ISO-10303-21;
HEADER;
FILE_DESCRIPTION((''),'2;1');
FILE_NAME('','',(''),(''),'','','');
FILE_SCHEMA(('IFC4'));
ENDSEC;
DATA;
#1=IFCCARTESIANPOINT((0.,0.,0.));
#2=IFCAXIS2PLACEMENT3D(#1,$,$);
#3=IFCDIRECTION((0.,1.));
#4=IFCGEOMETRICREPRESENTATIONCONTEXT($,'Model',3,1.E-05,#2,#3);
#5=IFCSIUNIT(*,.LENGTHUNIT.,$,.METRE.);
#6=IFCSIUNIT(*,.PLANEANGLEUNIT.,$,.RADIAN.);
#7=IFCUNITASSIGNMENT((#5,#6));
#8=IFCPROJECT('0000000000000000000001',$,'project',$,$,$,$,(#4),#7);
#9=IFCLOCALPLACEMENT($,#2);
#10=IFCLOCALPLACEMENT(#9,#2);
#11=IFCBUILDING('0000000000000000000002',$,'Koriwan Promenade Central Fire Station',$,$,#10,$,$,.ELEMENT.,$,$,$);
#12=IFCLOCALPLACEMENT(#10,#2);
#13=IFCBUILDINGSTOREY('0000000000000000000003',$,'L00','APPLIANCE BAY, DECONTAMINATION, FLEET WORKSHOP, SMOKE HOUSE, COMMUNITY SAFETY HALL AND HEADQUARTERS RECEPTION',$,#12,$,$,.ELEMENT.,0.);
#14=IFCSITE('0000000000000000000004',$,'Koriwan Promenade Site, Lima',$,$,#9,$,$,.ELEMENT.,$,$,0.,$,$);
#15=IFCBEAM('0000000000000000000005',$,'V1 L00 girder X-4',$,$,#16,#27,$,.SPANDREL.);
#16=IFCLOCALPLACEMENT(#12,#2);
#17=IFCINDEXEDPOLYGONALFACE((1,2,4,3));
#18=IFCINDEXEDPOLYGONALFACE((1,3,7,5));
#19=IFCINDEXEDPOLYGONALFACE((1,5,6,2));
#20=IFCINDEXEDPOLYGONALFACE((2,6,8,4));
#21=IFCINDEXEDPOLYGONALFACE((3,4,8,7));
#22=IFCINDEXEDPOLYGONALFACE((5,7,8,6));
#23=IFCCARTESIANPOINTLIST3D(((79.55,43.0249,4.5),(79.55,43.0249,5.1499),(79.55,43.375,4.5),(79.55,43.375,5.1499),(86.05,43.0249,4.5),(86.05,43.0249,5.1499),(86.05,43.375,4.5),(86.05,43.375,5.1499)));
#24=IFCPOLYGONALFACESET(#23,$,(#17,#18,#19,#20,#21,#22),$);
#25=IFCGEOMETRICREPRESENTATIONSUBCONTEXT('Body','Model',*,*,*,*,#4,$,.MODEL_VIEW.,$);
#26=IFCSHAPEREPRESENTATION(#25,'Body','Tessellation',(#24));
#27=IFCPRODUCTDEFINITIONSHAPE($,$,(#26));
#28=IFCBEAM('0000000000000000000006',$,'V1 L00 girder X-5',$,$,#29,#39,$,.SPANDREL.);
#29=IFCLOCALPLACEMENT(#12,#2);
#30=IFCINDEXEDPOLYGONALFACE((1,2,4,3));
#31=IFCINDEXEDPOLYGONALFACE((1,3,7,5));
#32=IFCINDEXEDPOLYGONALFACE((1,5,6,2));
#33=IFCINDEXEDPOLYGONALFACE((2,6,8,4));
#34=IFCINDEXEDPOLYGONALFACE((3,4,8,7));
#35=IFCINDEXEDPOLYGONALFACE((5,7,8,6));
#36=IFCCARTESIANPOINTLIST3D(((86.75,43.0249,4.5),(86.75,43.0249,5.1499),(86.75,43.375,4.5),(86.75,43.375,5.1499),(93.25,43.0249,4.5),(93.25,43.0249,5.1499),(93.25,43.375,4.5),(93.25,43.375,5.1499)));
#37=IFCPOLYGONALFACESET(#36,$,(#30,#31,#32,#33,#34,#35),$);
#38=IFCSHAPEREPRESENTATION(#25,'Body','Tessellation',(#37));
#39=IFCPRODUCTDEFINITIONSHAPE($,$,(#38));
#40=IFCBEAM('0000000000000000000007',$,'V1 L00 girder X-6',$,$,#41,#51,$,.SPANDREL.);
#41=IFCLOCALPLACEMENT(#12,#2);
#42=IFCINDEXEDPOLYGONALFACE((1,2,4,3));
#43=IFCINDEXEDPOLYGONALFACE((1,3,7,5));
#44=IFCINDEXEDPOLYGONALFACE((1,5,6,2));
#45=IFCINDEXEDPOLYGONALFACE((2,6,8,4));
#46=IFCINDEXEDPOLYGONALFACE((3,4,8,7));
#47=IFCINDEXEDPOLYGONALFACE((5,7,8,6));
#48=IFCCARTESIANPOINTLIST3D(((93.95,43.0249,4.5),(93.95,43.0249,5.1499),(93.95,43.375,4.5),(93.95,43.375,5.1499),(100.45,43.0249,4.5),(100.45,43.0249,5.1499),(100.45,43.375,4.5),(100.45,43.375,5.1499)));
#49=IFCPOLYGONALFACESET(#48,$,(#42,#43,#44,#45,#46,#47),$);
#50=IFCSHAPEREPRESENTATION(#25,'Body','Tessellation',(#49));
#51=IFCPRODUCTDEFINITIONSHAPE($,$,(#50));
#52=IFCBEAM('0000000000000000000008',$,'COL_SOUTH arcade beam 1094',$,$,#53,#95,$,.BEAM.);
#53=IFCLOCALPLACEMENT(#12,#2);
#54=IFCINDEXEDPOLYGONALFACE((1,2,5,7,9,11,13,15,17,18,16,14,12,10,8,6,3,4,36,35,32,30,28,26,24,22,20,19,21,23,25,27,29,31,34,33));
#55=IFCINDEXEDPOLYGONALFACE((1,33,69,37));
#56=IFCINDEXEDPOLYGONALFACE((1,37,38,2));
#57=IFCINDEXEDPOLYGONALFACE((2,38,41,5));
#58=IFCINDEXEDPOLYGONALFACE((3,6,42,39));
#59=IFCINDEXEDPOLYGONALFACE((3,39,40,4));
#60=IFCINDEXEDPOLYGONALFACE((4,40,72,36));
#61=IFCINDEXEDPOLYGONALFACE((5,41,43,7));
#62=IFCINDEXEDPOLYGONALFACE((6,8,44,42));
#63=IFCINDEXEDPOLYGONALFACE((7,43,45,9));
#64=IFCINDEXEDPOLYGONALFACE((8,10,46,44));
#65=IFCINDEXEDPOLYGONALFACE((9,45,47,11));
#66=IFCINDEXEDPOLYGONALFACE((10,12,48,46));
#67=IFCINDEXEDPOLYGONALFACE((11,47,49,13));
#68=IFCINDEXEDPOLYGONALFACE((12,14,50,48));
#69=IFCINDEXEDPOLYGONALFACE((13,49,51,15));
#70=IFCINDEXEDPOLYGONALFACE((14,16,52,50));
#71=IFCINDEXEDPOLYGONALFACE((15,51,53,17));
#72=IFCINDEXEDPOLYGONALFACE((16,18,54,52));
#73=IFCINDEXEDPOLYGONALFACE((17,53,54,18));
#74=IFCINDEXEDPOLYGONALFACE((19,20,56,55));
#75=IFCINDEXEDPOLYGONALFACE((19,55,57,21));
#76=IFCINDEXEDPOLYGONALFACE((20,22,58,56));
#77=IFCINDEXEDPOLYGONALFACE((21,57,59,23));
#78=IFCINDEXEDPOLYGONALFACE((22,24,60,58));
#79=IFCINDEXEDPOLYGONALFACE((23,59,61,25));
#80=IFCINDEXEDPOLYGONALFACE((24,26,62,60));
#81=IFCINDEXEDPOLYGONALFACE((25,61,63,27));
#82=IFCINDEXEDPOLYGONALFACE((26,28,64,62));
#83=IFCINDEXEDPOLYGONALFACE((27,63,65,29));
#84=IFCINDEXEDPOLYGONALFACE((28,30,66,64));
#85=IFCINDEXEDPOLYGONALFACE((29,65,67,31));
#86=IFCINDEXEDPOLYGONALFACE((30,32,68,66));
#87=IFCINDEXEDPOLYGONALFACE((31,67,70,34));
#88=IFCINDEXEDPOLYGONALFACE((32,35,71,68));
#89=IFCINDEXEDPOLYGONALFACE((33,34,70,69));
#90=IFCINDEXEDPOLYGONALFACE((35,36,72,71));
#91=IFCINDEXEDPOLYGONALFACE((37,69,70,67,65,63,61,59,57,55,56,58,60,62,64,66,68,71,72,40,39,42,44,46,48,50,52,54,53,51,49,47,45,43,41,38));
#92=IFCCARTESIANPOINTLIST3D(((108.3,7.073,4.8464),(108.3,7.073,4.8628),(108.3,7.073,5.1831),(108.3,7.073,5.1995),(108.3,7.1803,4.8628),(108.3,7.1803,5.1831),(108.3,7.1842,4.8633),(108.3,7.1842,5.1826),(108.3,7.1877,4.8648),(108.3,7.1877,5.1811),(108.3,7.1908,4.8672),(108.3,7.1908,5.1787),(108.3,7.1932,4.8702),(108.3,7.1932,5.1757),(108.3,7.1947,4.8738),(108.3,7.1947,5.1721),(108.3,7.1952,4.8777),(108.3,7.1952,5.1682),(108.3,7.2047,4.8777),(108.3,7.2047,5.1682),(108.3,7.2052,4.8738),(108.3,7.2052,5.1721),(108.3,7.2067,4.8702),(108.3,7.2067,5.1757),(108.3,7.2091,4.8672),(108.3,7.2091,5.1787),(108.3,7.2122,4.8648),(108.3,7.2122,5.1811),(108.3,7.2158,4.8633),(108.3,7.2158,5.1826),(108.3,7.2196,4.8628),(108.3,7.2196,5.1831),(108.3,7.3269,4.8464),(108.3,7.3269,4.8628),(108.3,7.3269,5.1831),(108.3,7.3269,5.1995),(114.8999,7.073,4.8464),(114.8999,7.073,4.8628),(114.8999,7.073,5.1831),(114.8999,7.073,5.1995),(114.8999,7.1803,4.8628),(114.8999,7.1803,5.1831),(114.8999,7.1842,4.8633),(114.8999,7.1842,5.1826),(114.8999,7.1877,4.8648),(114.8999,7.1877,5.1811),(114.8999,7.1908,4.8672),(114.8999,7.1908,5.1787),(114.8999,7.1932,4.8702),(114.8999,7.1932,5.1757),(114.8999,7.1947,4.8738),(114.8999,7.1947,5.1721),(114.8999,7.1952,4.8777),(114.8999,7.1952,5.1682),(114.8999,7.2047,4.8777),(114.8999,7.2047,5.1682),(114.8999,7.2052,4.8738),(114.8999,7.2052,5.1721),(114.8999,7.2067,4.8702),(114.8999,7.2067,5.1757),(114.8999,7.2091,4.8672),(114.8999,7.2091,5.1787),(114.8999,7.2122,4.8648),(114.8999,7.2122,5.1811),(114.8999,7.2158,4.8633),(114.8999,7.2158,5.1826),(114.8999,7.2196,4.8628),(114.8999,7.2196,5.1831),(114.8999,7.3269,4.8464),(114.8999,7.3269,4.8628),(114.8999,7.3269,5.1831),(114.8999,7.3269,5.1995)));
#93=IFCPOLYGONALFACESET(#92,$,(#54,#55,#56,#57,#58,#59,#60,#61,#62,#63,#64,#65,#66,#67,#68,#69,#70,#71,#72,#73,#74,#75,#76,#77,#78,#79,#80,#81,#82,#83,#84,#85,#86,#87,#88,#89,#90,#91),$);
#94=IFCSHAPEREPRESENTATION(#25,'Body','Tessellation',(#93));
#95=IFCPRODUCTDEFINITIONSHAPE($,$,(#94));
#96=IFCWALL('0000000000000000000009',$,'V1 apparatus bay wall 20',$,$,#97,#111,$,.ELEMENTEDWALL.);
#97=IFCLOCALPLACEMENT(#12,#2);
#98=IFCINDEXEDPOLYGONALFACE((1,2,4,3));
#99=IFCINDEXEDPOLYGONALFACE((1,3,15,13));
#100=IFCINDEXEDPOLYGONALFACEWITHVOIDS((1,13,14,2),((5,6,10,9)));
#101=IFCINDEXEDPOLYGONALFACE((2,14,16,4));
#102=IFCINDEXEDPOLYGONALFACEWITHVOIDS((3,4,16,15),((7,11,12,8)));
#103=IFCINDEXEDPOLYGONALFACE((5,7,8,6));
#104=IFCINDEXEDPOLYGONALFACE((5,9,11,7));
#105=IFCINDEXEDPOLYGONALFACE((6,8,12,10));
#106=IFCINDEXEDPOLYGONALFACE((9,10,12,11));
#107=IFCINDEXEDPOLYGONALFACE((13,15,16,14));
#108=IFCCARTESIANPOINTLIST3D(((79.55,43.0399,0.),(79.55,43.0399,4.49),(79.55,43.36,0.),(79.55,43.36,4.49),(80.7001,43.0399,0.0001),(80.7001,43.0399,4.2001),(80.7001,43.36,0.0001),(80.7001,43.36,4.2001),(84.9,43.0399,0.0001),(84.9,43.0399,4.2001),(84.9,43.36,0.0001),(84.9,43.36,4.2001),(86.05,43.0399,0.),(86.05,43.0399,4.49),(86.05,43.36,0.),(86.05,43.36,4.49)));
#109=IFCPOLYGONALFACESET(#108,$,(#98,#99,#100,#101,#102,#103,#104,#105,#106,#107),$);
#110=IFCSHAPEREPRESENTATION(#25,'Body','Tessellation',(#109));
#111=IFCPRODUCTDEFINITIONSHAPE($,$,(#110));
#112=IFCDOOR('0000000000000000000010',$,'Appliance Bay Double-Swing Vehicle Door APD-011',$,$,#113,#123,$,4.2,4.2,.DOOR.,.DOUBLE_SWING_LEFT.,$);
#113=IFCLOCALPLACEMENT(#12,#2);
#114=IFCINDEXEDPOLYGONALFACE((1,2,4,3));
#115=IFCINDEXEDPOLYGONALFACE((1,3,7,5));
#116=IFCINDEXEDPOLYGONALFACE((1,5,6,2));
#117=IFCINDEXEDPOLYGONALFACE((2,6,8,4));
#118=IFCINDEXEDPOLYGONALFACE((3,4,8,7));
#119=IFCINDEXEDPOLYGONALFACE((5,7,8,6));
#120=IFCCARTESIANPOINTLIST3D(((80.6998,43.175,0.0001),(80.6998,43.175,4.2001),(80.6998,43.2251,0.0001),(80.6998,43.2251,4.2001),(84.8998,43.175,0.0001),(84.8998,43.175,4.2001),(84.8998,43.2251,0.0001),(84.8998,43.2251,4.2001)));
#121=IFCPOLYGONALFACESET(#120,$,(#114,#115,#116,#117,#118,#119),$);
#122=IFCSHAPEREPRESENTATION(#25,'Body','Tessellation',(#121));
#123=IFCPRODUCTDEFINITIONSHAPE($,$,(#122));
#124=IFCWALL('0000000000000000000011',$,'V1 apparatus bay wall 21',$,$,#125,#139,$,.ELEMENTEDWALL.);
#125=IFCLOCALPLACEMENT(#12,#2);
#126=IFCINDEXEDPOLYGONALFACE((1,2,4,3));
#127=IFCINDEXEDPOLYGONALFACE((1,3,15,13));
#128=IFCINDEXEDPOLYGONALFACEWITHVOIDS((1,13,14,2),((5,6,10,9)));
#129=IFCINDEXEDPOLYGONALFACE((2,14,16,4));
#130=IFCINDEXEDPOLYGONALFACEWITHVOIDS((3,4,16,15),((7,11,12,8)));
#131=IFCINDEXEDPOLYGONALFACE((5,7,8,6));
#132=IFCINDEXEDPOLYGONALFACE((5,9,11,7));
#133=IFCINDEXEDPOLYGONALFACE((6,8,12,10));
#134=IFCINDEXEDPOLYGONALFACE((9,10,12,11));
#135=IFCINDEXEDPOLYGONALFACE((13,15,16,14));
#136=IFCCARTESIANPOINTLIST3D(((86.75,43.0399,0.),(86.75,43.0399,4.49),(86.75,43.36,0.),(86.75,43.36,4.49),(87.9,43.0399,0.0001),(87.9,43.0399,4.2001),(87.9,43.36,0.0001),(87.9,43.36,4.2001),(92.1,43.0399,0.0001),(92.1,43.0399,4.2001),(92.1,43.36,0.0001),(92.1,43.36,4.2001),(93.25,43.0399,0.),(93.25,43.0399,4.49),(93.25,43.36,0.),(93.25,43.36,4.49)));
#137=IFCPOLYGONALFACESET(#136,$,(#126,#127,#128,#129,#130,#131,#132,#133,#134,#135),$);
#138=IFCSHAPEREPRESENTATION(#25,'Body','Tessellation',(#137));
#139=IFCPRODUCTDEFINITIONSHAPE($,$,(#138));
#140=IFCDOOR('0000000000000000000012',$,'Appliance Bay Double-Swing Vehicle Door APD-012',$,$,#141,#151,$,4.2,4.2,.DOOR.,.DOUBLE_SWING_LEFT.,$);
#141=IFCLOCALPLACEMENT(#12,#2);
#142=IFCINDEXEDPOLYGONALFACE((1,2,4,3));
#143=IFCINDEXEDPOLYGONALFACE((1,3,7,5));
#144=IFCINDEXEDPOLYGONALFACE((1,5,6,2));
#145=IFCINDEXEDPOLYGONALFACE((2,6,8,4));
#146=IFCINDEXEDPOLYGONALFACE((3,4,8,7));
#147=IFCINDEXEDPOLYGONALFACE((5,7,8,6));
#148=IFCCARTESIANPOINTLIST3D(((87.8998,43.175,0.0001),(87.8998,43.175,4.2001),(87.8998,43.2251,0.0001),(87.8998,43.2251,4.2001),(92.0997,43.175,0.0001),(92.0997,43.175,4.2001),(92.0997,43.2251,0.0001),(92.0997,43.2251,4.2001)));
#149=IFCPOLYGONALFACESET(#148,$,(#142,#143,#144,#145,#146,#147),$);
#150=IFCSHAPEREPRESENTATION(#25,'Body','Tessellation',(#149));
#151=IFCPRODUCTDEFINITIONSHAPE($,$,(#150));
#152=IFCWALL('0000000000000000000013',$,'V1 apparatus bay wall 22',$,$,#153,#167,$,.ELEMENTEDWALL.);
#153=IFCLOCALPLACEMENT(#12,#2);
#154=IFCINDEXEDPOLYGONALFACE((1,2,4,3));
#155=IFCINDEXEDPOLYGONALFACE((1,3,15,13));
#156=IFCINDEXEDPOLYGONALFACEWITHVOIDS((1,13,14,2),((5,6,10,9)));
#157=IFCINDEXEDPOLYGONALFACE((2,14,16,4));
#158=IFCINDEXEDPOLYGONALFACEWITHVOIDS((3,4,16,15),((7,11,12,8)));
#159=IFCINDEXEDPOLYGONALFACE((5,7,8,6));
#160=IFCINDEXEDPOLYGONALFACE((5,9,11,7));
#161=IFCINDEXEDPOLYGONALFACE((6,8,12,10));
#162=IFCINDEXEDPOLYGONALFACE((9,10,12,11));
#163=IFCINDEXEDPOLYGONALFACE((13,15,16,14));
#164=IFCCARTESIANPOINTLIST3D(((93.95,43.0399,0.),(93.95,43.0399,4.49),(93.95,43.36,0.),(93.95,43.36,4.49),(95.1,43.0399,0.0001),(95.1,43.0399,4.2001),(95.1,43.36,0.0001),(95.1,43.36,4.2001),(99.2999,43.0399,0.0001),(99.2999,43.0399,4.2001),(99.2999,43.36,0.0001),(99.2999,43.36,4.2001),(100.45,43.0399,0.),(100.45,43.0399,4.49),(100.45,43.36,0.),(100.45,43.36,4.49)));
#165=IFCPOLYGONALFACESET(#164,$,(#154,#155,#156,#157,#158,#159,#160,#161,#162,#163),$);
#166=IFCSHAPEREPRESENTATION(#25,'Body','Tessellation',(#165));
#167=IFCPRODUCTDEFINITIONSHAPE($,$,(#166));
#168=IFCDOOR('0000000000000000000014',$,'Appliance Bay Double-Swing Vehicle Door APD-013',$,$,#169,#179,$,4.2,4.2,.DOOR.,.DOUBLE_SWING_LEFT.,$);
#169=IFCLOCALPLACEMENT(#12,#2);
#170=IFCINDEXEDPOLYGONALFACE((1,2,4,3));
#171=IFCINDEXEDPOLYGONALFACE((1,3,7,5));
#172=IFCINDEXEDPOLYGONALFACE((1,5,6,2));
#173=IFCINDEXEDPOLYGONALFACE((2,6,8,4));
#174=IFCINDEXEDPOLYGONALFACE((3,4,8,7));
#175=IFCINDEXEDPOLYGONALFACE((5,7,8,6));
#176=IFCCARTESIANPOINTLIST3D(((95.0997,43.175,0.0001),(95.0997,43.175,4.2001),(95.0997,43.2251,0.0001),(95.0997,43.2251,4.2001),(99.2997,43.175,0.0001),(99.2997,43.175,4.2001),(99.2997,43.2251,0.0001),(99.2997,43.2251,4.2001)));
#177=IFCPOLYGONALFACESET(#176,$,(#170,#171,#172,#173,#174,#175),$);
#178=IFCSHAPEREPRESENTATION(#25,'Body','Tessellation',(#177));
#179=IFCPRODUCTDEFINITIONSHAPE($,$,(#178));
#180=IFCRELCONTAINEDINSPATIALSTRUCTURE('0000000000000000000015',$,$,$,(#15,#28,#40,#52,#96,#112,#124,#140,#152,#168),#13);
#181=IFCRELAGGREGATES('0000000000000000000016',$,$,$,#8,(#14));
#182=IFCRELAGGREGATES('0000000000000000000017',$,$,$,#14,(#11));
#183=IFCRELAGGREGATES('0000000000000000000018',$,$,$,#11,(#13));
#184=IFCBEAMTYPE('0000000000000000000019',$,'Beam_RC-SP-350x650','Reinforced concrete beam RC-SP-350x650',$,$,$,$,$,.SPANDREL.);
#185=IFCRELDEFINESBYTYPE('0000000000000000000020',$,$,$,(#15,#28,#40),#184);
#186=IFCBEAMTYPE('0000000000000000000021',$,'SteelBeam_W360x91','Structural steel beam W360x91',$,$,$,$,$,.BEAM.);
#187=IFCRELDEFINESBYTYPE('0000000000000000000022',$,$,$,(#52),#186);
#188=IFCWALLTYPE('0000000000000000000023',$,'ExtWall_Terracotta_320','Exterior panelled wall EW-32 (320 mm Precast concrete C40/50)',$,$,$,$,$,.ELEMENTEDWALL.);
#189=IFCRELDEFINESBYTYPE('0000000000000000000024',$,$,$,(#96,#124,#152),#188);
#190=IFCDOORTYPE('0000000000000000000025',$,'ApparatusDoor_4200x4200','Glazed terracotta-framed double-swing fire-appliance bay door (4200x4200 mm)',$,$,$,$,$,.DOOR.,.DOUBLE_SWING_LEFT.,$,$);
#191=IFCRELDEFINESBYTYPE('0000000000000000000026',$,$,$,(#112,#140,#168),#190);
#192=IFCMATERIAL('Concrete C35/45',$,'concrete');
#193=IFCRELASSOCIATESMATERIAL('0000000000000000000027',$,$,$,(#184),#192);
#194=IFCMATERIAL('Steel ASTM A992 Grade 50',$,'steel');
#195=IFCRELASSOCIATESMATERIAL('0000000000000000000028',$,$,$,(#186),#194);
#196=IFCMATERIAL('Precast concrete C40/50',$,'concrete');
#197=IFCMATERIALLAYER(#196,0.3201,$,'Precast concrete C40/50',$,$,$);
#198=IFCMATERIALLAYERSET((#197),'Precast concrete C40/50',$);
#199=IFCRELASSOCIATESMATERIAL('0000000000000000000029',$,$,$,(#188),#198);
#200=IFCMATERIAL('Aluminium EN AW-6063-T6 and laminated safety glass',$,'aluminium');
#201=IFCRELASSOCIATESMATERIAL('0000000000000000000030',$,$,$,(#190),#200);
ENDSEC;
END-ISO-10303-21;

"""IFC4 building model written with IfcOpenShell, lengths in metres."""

from ifc_helpers import new_model, si_unit, direction, frame, frame_2d, origin, origin_2d, place, context, subcontext, project, spatial, rectangle, i_section, extrude, material, layer, layer_set, material_profile, profile_set, type_object, element, fill, save


model = new_model("IFC4")

# Units and contexts
model_context = context("Model", 3, precision=1e-05, world=origin(), true_north=direction((0.0, 1.0)))
body_context = subcontext(model_context, "Body", "Model", "MODEL_VIEW")
ifc_project = project(units=[si_unit("LENGTHUNIT", "METRE"), si_unit("PLANEANGLEUNIT", "RADIAN")], contexts=[model_context])

# Site, building, storey
site_placement = place(None, origin())
site = spatial("IfcSite", under=ifc_project, at=site_placement, Name="Koriwan Promenade Site, Lima", CompositionType="ELEMENT", RefElevation=0.0)
building_placement = place(site_placement, origin())
building = spatial("IfcBuilding", under=site, at=building_placement, Name="Koriwan Promenade Central Fire Station", CompositionType="ELEMENT")
storey_placement = place(building_placement, origin())
storey = spatial("IfcBuildingStorey", under=building, at=storey_placement, Name="L00", Description="APPLIANCE BAY, DECONTAMINATION, FLEET WORKSHOP, SMOKE HOUSE, COMMUNITY SAFETY HALL AND HEADQUARTERS RECEPTION", CompositionType="ELEMENT", Elevation=0.0)

# Shared definitions
ifc_material_1 = material(Name="Concrete C35/45", Category="concrete")

# Beams
ifc_material_profile_1 = material_profile(ifc_material_1, rectangle(XDim=0.3501, YDim=0.6499, at=origin_2d()), Name="RC-SP-350x650")
ifc_profile_set_1 = profile_set([ifc_material_profile_1], Name="Concrete C35/45")
beam_type_1 = type_object("IfcBeamType", Name="Beam_RC-SP-350x650", Description="Reinforced concrete beam RC-SP-350x650", PredefinedType="SPANDREL", material=ifc_profile_set_1)
for number, where, z_axis, x_axis, name in (
    (1, (79.55, 43.2, 4.825), (1.0, 0.0, 0.0), (0.0, 1.0, 0.0), "V1 L00 girder X-4"),
    (2, (86.75, 43.2, 4.825), (1.0, 0.0, 0.0), (0.0, 1.0, 0.0), "V1 L00 girder X-5"),
    (3, (93.95, 43.2, 4.825), (1.0, 0.0, 0.0), (0.0, 1.0, 0.0), "V1 L00 girder X-6"),
):
    element("IfcBeam", number, at=place(storey_placement, frame(where, z_axis=z_axis, x_axis=x_axis)), inside=storey, type_object=beam_type_1, Name=name, PredefinedType="SPANDREL", context=body_context, shape_type="SweptSolid", body=[
        extrude(rectangle(XDim=0.3501, YDim=0.6499, at=origin_2d()), origin(), (0.0, 0.0, 1.0), 6.5),
    ])
ifc_material_2 = material(Name="Steel ASTM A992 Grade 50", Category="steel")
ifc_material_profile_2 = material_profile(ifc_material_2, i_section(OverallWidth=0.2539, OverallDepth=0.353, WebThickness=0.0095, FlangeThickness=0.0164, FilletRadius=0.0149, at=origin_2d()), Name="W360x91")
ifc_profile_set_2 = profile_set([ifc_material_profile_2], Name="Steel ASTM A992 Grade 50")
beam_type_2 = type_object("IfcBeamType", Name="SteelBeam_W360x91", Description="Structural steel beam W360x91", PredefinedType="BEAM", material=ifc_profile_set_2)
beam_placement = place(storey_placement, frame((108.3, 7.2, 5.0229), z_axis=(1.0, 0.0, 0.0), x_axis=(0.0, 1.0, 0.0)))
element("IfcBeam", 4, at=beam_placement, inside=storey, type_object=beam_type_2, Name="COL_SOUTH arcade beam 1094", PredefinedType="BEAM", context=body_context, shape_type="SweptSolid", body=[
    extrude(i_section(OverallWidth=0.2539, OverallDepth=0.353, WebThickness=0.0095, FlangeThickness=0.0164, FilletRadius=0.0149, at=origin_2d()), origin(), (0.0, 0.0, 1.0), 6.5999),
])

# Walls, openings, doors
ifc_material_3 = material(Name="Precast concrete C40/50", Category="concrete")
ifc_layer = layer(ifc_material_3, 0.3201, Name="Precast concrete C40/50")
ifc_layer_set = layer_set([ifc_layer], Name="Precast concrete C40/50")
wall_type = type_object("IfcWallType", Name="ExtWall_Terracotta_320", Description="Exterior panelled wall EW-32 (320 mm Precast concrete C40/50)", PredefinedType="ELEMENTEDWALL", material=ifc_layer_set)
wall_1_placement = place(storey_placement, frame((79.55, 43.2, 0.0), z_axis=(0.0, 0.0, 1.0), x_axis=(1.0, 0.0, 0.0)))
wall_1 = element("IfcWall", 5, at=wall_1_placement, inside=storey, type_object=wall_type, Name="V1 apparatus bay wall 20", PredefinedType="ELEMENTEDWALL", context=body_context, shape_type="SweptSolid", body=[
    extrude(rectangle(XDim=6.5, YDim=0.3201, at=frame_2d((3.25, 0.0))), origin(), (0.0, 0.0, 1.0), 4.49),
])
opening_1_placement = place(wall_1_placement, frame((1.1499, 0.0, 0.0)))
opening_1 = element("IfcOpeningElement", 6, at=opening_1_placement, cuts=wall_1, PredefinedType="OPENING", context=body_context, shape_type="SweptSolid", body=[
    extrude(rectangle(XDim=4.2, YDim=4.2, at=frame_2d((2.1001, 2.1001))), frame((0.0, 0.1719, 0.0), z_axis=(0.0, -1.0, 0.0), x_axis=(1.0, 0.0, 0.0)), (0.0, 0.0, 1.0), 0.344),
])
ifc_material_4 = material(Name="Aluminium EN AW-6063-T6 and laminated safety glass", Category="aluminium")
door_type = type_object("IfcDoorType", Name="ApparatusDoor_4200x4200", Description="Glazed terracotta-framed double-swing fire-appliance bay door (4200x4200 mm)", OperationType="DOUBLE_SWING_LEFT", PredefinedType="DOOR", material=ifc_material_4)
door_1_placement = place(opening_1_placement, frame((4.2, 0.0, 0.0), z_axis=(0.0, 0.0, 1.0), x_axis=(-1.0, 0.0, 0.0)))
door_1 = element("IfcDoor", 7, at=door_1_placement, inside=storey, type_object=door_type, Name="Appliance Bay Double-Swing Vehicle Door APD-011", OperationType="DOUBLE_SWING_LEFT", OverallHeight=4.2, OverallWidth=4.2, PredefinedType="DOOR", context=body_context, shape_type="SweptSolid", body=[
    extrude(rectangle(XDim=4.2, YDim=4.2, at=frame_2d((2.1001, 2.1001))), frame((0.0, 0.0249, 0.0), z_axis=(0.0, -1.0, 0.0), x_axis=(1.0, 0.0, 0.0)), (0.0, 0.0, 1.0), 0.05),
])
fill(opening_1, door_1)
wall_2_placement = place(storey_placement, frame((86.75, 43.2, 0.0), z_axis=(0.0, 0.0, 1.0), x_axis=(1.0, 0.0, 0.0)))
wall_2 = element("IfcWall", 8, at=wall_2_placement, inside=storey, type_object=wall_type, Name="V1 apparatus bay wall 21", PredefinedType="ELEMENTEDWALL", context=body_context, shape_type="SweptSolid", body=[
    extrude(rectangle(XDim=6.5, YDim=0.3201, at=frame_2d((3.25, 0.0))), origin(), (0.0, 0.0, 1.0), 4.49),
])
opening_2_placement = place(wall_2_placement, frame((1.1499, 0.0, 0.0)))
opening_2 = element("IfcOpeningElement", 9, at=opening_2_placement, cuts=wall_2, PredefinedType="OPENING", context=body_context, shape_type="SweptSolid", body=[
    extrude(rectangle(XDim=4.2, YDim=4.2, at=frame_2d((2.1001, 2.1001))), frame((0.0, 0.1719, 0.0), z_axis=(0.0, -1.0, 0.0), x_axis=(1.0, 0.0, 0.0)), (0.0, 0.0, 1.0), 0.344),
])
door_2_placement = place(opening_2_placement, frame((4.2, 0.0, 0.0), z_axis=(0.0, 0.0, 1.0), x_axis=(-1.0, 0.0, 0.0)))
door_2 = element("IfcDoor", 10, at=door_2_placement, inside=storey, type_object=door_type, Name="Appliance Bay Double-Swing Vehicle Door APD-012", OperationType="DOUBLE_SWING_LEFT", OverallHeight=4.2, OverallWidth=4.2, PredefinedType="DOOR", context=body_context, shape_type="SweptSolid", body=[
    extrude(rectangle(XDim=4.2, YDim=4.2, at=frame_2d((2.1001, 2.1001))), frame((0.0, 0.0249, 0.0), z_axis=(0.0, -1.0, 0.0), x_axis=(1.0, 0.0, 0.0)), (0.0, 0.0, 1.0), 0.05),
])
fill(opening_2, door_2)
wall_3_placement = place(storey_placement, frame((93.95, 43.2, 0.0), z_axis=(0.0, 0.0, 1.0), x_axis=(1.0, 0.0, 0.0)))
wall_3 = element("IfcWall", 11, at=wall_3_placement, inside=storey, type_object=wall_type, Name="V1 apparatus bay wall 22", PredefinedType="ELEMENTEDWALL", context=body_context, shape_type="SweptSolid", body=[
    extrude(rectangle(XDim=6.5, YDim=0.3201, at=frame_2d((3.25, 0.0))), origin(), (0.0, 0.0, 1.0), 4.49),
])
opening_3_placement = place(wall_3_placement, frame((1.1499, 0.0, 0.0)))
opening_3 = element("IfcOpeningElement", 12, at=opening_3_placement, cuts=wall_3, PredefinedType="OPENING", context=body_context, shape_type="SweptSolid", body=[
    extrude(rectangle(XDim=4.2, YDim=4.2, at=frame_2d((2.1001, 2.1001))), frame((0.0, 0.1719, 0.0), z_axis=(0.0, -1.0, 0.0), x_axis=(1.0, 0.0, 0.0)), (0.0, 0.0, 1.0), 0.344),
])
door_3_placement = place(opening_3_placement, frame((4.2, 0.0, 0.0), z_axis=(0.0, 0.0, 1.0), x_axis=(-1.0, 0.0, 0.0)))
door_3 = element("IfcDoor", 13, at=door_3_placement, inside=storey, type_object=door_type, Name="Appliance Bay Double-Swing Vehicle Door APD-013", OperationType="DOUBLE_SWING_LEFT", OverallHeight=4.2, OverallWidth=4.2, PredefinedType="DOOR", context=body_context, shape_type="SweptSolid", body=[
    extrude(rectangle(XDim=4.2, YDim=4.2, at=frame_2d((2.1001, 2.1001))), frame((0.0, 0.0249, 0.0), z_axis=(0.0, -1.0, 0.0), x_axis=(1.0, 0.0, 0.0)), (0.0, 0.0, 1.0), 0.05),
])
fill(opening_3, door_3)

save(model, "model.ifc")
